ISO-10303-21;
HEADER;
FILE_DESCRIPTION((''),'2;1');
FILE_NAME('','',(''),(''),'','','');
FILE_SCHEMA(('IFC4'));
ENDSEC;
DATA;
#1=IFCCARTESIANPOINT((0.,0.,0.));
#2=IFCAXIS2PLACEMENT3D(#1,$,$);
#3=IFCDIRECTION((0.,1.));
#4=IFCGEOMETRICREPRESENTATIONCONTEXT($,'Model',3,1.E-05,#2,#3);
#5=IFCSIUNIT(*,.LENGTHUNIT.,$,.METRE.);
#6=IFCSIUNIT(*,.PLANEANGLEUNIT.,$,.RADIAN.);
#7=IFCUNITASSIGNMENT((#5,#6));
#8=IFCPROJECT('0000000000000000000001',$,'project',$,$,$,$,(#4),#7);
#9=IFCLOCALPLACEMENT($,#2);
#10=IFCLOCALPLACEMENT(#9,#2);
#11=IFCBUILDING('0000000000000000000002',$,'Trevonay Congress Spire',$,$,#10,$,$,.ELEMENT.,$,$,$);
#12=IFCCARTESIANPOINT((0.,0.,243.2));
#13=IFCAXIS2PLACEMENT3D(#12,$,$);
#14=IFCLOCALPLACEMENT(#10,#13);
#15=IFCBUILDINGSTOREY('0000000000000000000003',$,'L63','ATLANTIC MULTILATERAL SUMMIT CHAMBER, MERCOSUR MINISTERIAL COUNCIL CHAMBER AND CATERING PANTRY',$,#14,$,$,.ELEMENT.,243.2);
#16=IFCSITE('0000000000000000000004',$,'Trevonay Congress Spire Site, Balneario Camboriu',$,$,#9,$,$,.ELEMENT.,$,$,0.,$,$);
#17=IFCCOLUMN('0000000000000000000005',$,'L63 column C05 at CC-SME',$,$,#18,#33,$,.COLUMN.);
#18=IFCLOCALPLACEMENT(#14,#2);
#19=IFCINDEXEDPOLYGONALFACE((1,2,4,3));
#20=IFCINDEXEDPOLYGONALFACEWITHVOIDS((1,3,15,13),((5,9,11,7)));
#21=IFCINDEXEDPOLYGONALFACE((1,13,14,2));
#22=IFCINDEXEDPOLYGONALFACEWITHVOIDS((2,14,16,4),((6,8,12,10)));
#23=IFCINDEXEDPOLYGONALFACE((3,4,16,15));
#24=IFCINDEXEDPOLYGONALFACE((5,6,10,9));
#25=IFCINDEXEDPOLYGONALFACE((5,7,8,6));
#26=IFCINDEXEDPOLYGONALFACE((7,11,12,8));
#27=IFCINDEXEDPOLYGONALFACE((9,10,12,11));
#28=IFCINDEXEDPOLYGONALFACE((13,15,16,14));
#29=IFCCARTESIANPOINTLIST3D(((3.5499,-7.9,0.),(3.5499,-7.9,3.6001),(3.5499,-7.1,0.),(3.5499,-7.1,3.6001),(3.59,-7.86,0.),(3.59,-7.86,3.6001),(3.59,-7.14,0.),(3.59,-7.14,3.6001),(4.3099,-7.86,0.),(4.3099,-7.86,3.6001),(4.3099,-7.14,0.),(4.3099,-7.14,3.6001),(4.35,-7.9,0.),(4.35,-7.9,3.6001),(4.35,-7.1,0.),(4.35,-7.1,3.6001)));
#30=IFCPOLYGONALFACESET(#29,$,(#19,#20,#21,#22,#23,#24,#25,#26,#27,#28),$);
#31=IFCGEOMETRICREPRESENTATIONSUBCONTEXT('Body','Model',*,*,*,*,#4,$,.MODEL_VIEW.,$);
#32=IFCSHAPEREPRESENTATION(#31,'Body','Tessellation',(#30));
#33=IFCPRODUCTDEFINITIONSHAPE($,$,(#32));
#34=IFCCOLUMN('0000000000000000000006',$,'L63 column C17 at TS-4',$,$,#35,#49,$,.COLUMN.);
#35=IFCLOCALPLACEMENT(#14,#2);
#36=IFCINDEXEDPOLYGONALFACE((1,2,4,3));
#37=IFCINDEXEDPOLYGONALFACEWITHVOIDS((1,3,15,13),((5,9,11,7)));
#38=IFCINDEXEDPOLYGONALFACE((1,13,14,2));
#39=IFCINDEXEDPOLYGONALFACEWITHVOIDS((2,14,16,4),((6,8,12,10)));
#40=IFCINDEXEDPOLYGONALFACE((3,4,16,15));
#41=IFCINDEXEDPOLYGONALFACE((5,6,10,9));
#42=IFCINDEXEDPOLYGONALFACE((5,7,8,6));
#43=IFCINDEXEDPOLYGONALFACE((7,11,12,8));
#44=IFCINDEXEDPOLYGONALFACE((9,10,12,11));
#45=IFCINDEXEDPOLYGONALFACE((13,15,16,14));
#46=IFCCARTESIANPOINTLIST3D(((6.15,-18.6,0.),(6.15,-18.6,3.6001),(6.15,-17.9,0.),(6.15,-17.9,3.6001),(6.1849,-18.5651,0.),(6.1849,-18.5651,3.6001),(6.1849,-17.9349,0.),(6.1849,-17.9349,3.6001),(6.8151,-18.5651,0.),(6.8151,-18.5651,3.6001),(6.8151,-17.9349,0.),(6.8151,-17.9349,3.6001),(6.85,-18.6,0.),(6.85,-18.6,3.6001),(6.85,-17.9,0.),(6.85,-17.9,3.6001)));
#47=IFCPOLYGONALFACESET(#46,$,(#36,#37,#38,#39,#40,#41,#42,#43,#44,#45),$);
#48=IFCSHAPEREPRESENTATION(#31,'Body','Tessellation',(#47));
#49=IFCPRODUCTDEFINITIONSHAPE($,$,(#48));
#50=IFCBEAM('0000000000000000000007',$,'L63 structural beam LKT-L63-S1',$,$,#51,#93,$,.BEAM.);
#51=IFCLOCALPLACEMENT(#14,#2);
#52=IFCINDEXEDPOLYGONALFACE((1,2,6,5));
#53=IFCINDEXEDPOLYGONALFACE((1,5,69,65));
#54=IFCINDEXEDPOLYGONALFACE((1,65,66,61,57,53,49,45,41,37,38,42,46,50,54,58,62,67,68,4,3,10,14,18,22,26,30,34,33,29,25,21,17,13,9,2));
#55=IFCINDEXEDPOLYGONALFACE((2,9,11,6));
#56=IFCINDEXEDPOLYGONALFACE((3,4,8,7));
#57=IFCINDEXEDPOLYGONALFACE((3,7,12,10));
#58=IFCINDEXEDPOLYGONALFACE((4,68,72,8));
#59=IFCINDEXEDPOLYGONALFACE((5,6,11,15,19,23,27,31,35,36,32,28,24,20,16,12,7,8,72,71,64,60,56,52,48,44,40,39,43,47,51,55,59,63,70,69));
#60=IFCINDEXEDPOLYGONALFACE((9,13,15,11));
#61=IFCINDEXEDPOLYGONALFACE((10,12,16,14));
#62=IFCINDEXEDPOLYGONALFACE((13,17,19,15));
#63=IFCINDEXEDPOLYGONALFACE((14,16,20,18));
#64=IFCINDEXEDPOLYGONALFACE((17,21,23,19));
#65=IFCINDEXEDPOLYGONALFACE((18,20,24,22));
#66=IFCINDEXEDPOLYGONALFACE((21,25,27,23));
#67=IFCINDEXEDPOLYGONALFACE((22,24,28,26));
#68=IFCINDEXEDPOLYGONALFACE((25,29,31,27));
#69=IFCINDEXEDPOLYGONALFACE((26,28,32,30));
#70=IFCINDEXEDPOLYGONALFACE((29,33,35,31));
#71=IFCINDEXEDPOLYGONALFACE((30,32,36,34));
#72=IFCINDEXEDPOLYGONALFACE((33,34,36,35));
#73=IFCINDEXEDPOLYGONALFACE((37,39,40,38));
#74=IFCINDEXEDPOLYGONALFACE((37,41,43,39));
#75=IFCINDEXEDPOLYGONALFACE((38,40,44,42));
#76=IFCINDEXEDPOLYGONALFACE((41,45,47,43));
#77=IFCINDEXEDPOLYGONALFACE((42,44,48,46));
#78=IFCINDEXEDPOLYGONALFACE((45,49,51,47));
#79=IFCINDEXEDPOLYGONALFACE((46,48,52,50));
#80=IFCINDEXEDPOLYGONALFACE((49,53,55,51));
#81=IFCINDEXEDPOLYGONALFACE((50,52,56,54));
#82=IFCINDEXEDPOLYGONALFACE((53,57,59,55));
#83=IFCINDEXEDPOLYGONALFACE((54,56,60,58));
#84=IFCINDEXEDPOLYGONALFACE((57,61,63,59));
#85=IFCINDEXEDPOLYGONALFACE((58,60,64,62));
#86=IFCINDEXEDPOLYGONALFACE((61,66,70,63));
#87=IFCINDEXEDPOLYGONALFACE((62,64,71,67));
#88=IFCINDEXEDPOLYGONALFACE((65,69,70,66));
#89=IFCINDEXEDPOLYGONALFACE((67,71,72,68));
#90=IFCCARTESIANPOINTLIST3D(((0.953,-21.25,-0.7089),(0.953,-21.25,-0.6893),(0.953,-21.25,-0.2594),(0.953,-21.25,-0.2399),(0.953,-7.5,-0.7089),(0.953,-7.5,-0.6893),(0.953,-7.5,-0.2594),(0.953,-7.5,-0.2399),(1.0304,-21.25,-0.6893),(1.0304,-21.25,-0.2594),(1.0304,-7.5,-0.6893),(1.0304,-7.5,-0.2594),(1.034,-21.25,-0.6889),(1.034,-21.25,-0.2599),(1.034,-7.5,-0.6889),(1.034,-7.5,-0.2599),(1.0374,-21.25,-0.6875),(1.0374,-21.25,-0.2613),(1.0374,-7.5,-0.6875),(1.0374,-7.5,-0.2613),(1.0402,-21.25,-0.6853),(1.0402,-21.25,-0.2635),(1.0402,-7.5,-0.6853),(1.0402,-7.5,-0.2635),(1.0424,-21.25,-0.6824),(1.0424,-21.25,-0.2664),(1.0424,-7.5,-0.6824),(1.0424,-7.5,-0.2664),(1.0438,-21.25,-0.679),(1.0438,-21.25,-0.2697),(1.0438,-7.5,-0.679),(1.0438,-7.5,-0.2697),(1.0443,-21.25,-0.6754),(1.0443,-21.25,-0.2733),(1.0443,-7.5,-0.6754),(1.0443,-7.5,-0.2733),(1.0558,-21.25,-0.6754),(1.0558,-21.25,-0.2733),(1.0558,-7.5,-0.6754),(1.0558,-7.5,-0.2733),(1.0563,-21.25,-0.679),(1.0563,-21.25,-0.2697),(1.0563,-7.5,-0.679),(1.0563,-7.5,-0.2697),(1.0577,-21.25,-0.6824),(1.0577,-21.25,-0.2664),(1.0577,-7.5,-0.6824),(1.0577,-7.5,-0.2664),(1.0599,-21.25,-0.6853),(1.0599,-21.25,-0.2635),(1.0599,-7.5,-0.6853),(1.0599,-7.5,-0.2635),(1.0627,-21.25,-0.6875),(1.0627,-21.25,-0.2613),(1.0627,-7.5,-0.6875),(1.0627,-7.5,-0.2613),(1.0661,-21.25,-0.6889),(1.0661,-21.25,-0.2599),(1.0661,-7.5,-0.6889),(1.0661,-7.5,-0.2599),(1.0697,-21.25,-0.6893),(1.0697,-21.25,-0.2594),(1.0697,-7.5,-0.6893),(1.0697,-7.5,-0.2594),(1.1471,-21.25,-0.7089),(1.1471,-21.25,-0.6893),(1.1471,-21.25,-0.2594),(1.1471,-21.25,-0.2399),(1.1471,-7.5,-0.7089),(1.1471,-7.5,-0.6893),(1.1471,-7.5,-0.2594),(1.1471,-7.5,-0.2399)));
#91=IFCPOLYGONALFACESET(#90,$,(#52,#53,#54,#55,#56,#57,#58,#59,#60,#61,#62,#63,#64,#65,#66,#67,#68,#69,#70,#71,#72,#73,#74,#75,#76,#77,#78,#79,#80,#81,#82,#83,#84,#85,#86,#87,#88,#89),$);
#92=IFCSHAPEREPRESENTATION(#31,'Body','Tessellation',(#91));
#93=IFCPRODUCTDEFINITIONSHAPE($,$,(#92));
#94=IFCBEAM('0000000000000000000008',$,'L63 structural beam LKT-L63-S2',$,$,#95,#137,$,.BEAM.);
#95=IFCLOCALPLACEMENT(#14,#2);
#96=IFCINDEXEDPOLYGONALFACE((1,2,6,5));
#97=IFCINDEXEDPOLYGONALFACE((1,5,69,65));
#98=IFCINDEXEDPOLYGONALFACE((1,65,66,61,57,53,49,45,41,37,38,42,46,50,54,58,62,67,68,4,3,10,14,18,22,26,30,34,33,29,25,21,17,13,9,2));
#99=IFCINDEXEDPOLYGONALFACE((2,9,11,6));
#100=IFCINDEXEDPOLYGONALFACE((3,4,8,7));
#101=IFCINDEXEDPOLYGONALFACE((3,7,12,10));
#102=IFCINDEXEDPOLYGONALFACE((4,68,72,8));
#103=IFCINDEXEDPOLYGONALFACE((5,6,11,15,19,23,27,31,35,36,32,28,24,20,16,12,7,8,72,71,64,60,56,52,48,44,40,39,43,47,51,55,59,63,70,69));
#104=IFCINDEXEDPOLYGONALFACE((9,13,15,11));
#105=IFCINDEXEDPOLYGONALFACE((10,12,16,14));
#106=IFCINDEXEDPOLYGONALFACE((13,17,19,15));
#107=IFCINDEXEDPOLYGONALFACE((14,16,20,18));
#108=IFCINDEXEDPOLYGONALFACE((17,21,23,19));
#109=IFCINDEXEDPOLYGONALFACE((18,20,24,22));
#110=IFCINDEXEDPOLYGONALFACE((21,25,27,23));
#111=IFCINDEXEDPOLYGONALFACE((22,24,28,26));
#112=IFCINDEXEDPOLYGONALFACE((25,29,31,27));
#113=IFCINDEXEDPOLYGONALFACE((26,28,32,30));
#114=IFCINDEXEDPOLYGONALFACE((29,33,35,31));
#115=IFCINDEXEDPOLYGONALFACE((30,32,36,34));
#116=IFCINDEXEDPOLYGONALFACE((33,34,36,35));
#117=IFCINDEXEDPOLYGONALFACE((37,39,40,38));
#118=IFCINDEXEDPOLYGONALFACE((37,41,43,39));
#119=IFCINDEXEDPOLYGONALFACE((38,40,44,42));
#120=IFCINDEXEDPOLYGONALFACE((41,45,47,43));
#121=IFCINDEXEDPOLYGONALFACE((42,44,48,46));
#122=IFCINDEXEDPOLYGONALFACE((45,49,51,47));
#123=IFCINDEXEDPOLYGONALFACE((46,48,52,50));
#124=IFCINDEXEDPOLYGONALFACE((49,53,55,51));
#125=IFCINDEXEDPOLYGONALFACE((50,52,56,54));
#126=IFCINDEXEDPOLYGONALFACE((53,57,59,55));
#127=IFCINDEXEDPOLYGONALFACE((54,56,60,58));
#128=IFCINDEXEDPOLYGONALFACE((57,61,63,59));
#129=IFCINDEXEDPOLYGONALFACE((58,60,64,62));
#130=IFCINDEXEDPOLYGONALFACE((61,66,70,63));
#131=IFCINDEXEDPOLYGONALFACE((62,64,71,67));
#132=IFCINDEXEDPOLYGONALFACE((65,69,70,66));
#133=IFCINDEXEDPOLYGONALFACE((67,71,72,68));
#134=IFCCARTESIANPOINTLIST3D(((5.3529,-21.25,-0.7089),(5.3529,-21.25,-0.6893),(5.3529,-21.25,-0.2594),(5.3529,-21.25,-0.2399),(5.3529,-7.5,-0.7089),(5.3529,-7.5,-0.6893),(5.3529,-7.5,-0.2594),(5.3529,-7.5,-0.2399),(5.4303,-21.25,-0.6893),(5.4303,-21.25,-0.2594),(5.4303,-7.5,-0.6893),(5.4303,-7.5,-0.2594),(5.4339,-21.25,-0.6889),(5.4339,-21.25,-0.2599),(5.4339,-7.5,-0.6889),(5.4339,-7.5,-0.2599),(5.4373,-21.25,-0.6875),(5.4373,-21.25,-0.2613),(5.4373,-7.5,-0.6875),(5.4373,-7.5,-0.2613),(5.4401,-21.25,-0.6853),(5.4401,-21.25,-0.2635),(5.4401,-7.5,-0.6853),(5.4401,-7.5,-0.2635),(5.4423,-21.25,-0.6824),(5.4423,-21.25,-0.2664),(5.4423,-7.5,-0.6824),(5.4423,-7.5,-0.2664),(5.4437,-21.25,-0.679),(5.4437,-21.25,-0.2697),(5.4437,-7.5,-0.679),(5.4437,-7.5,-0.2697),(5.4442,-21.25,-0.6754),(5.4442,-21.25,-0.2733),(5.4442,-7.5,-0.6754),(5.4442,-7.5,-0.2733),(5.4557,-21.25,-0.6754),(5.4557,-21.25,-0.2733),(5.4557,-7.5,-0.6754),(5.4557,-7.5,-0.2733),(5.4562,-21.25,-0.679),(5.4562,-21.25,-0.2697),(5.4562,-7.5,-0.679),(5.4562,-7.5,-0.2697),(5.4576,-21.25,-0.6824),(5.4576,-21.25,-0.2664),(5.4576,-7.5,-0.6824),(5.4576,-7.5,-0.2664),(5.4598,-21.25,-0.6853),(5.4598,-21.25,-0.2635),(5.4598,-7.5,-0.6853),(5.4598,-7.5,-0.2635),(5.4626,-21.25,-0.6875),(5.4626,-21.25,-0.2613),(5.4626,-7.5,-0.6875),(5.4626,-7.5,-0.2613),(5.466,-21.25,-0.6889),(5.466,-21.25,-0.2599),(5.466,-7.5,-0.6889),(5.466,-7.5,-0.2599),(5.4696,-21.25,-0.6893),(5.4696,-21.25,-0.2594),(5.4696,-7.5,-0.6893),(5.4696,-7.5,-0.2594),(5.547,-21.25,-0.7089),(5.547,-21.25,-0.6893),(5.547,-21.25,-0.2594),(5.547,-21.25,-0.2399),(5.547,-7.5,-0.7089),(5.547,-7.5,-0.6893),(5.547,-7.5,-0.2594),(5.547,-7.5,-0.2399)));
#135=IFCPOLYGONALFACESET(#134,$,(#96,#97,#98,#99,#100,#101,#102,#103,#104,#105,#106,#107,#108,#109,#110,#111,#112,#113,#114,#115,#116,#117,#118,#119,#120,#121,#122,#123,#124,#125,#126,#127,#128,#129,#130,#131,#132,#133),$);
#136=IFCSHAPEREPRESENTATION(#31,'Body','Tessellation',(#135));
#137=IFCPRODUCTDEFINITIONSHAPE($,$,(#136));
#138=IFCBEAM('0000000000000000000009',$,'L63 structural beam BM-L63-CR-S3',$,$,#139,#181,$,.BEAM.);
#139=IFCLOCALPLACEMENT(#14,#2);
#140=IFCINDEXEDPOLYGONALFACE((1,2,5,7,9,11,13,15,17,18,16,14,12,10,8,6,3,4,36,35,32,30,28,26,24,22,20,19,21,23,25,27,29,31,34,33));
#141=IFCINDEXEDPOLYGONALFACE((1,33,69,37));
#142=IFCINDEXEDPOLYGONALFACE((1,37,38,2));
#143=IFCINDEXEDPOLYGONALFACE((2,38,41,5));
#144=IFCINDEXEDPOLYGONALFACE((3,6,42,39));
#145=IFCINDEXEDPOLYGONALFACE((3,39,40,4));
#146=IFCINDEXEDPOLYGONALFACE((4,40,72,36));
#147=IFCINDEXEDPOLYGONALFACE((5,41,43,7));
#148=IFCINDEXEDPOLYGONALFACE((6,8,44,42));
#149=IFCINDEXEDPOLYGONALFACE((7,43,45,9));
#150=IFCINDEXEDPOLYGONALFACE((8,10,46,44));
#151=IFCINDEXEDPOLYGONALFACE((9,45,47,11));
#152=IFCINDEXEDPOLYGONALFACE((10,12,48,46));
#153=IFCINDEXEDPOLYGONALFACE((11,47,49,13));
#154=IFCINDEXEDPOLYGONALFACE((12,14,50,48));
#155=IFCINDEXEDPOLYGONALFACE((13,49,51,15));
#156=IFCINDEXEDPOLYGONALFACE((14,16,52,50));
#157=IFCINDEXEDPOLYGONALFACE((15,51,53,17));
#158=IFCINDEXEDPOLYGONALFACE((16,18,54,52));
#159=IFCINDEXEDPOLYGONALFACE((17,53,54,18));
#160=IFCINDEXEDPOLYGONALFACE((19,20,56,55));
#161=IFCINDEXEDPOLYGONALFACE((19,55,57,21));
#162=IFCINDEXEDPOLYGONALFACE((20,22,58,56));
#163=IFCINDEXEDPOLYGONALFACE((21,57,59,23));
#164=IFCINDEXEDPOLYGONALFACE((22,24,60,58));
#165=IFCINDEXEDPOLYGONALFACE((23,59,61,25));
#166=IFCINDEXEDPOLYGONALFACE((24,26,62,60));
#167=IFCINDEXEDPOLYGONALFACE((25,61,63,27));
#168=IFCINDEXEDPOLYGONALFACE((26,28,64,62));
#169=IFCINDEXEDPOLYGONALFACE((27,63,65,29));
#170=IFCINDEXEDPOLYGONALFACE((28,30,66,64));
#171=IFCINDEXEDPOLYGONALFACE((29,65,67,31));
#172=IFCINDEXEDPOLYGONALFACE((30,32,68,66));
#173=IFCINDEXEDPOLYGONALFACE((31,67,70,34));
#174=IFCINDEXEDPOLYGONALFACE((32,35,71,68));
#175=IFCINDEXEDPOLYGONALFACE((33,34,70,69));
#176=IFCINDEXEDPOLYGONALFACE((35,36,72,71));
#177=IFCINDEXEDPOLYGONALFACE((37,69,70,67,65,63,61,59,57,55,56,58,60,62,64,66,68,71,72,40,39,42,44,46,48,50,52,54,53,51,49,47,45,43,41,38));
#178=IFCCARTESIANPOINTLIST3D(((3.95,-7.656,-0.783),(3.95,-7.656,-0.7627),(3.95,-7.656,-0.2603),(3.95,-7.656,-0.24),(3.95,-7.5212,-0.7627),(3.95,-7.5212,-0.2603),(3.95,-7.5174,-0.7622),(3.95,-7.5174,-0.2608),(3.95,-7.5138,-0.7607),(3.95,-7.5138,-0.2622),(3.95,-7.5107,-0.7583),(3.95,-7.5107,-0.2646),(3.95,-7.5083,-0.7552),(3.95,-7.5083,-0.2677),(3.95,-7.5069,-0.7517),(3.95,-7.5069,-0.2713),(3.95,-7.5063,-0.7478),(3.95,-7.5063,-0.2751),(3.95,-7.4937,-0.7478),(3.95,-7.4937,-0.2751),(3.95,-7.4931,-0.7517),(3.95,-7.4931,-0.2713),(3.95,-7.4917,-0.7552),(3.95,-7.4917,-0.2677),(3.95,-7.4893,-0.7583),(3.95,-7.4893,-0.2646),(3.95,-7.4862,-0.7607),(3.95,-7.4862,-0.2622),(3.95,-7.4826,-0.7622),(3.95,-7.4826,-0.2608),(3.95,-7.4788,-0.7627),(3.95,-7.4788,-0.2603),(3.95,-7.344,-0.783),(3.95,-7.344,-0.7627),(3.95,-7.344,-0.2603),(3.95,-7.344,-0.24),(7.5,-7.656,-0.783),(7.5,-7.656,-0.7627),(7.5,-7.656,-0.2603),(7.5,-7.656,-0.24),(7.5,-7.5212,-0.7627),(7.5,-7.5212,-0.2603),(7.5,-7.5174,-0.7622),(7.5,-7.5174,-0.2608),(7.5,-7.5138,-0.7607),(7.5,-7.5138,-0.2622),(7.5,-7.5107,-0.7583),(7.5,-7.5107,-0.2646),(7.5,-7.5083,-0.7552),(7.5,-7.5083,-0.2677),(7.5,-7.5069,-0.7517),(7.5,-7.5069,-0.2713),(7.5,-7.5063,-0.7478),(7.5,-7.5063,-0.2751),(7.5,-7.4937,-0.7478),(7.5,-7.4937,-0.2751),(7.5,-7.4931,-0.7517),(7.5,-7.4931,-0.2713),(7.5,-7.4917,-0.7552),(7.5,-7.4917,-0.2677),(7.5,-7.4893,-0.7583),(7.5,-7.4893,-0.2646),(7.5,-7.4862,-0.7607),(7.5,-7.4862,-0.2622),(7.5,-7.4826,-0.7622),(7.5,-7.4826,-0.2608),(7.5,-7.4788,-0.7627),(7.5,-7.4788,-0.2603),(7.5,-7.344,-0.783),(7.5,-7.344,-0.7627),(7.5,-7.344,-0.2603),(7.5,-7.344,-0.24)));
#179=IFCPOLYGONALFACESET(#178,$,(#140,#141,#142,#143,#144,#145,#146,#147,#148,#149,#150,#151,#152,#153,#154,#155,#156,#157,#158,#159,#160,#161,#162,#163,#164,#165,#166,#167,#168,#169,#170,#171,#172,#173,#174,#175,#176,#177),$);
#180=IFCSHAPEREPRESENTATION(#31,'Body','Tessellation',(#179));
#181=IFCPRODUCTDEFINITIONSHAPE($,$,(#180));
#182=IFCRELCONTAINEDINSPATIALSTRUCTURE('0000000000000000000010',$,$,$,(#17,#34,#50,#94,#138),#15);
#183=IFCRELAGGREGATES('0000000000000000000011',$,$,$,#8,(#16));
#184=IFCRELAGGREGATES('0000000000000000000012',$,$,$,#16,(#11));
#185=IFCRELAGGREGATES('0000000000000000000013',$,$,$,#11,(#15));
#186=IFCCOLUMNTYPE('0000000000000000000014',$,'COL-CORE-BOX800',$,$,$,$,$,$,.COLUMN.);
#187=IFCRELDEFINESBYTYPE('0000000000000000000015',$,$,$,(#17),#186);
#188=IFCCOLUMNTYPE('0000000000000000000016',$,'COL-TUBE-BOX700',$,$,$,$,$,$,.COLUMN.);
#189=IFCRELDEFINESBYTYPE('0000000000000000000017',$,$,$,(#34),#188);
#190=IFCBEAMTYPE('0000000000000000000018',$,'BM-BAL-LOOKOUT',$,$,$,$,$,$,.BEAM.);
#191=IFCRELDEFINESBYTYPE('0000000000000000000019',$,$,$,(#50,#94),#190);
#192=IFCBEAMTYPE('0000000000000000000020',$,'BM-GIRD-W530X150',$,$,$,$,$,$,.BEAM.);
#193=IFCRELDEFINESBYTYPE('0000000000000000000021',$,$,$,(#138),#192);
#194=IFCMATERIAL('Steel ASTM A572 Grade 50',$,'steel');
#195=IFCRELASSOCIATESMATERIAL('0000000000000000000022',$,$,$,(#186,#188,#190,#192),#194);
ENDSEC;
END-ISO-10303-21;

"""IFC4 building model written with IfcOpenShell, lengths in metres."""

from ifc_helpers import new_model, si_unit, direction, frame, origin, origin_2d, place, context, subcontext, project, spatial, hollow_rectangle, i_section, extrude, material, material_profile, profile_set, type_object, element, save


model = new_model("IFC4")

# Units and contexts
model_context = context("Model", 3, precision=1e-05, world=origin(), true_north=direction((0.0, 1.0)))
body_context = subcontext(model_context, "Body", "Model", "MODEL_VIEW")
ifc_project = project(units=[si_unit("LENGTHUNIT", "METRE"), si_unit("PLANEANGLEUNIT", "RADIAN")], contexts=[model_context])

# Site, building, storey
site_placement = place(None, origin())
site = spatial("IfcSite", under=ifc_project, at=site_placement, Name="Trevonay Congress Spire Site, Balneario Camboriu", CompositionType="ELEMENT", RefElevation=0.0)
building_placement = place(site_placement, origin())
building = spatial("IfcBuilding", under=site, at=building_placement, Name="Trevonay Congress Spire", CompositionType="ELEMENT")
storey_placement = place(building_placement, frame((0.0, 0.0, 243.2)))
storey = spatial("IfcBuildingStorey", under=building, at=storey_placement, Name="L63", Description="ATLANTIC MULTILATERAL SUMMIT CHAMBER, MERCOSUR MINISTERIAL COUNCIL CHAMBER AND CATERING PANTRY", CompositionType="ELEMENT", Elevation=243.2)

# Columns
ifc_material_1 = material(Name="Steel ASTM A572 Grade 50", Category="steel")
ifc_material_profile_1 = material_profile(ifc_material_1, hollow_rectangle(XDim=0.8, YDim=0.8, WallThickness=0.04, at=origin_2d()), Name="BOX 800x800x40")
ifc_profile_set_1 = profile_set([ifc_material_profile_1], Name="Steel ASTM A572 Grade 50")
column_type_1 = type_object("IfcColumnType", Name="COL-CORE-BOX800", PredefinedType="COLUMN", material=ifc_profile_set_1)
column_1_placement = place(storey_placement, frame((3.95, -7.5, 0.0), z_axis=(0.0, 0.0, 1.0), x_axis=(1.0, 0.0, 0.0)))
element("IfcColumn", 1, at=column_1_placement, inside=storey, type_object=column_type_1, Name="L63 column C05 at CC-SME", PredefinedType="COLUMN", context=body_context, shape_type="SweptSolid", body=[
    extrude(hollow_rectangle(XDim=0.8, YDim=0.8, WallThickness=0.04, at=origin_2d()), origin(), (0.0, 0.0, 1.0), 3.6001),
])
ifc_material_profile_2 = material_profile(ifc_material_1, hollow_rectangle(XDim=0.7, YDim=0.7, WallThickness=0.0349, at=origin_2d()), Name="BOX 700x700x35")
ifc_profile_set_2 = profile_set([ifc_material_profile_2], Name="Steel ASTM A572 Grade 50")
column_type_2 = type_object("IfcColumnType", Name="COL-TUBE-BOX700", PredefinedType="COLUMN", material=ifc_profile_set_2)
column_2_placement = place(storey_placement, frame((6.5, -18.25, 0.0), z_axis=(0.0, 0.0, 1.0), x_axis=(1.0, 0.0, 0.0)))
element("IfcColumn", 2, at=column_2_placement, inside=storey, type_object=column_type_2, Name="L63 column C17 at TS-4", PredefinedType="COLUMN", context=body_context, shape_type="SweptSolid", body=[
    extrude(hollow_rectangle(XDim=0.7, YDim=0.7, WallThickness=0.0349, at=origin_2d()), origin(), (0.0, 0.0, 1.0), 3.6001),
])

# Beams
ifc_material_profile_3 = material_profile(ifc_material_1, i_section(OverallWidth=0.1941, OverallDepth=0.469, WebThickness=0.0115, FlangeThickness=0.0195, FilletRadius=0.0139, at=origin_2d()), Name="W460x106")
ifc_profile_set_3 = profile_set([ifc_material_profile_3], Name="Steel ASTM A572 Grade 50")
beam_type_1 = type_object("IfcBeamType", Name="BM-BAL-LOOKOUT", PredefinedType="BEAM", material=ifc_profile_set_3)
for number, where, z_axis, x_axis, name in (
    (3, (1.05, -7.5, -0.4744), (0.0, -1.0, 0.0), (1.0, 0.0, 0.0), "L63 structural beam LKT-L63-S1"),
    (4, (5.45, -7.5, -0.4744), (0.0, -1.0, 0.0), (1.0, 0.0, 0.0), "L63 structural beam LKT-L63-S2"),
):
    element("IfcBeam", number, at=place(storey_placement, frame(where, z_axis=z_axis, x_axis=x_axis)), inside=storey, type_object=beam_type_1, Name=name, PredefinedType="BEAM", context=body_context, shape_type="SweptSolid", body=[
        extrude(i_section(OverallWidth=0.1941, OverallDepth=0.469, WebThickness=0.0115, FlangeThickness=0.0195, FilletRadius=0.0139, at=origin_2d()), origin(), (0.0, 0.0, 1.0), 13.75),
    ])
ifc_material_profile_4 = material_profile(ifc_material_1, i_section(OverallWidth=0.312, OverallDepth=0.543, WebThickness=0.0127, FlangeThickness=0.0203, FilletRadius=0.0149, at=origin_2d()), Name="W530x150")
ifc_profile_set_4 = profile_set([ifc_material_profile_4], Name="Steel ASTM A572 Grade 50")
beam_type_2 = type_object("IfcBeamType", Name="BM-GIRD-W530X150", PredefinedType="BEAM", material=ifc_profile_set_4)
beam_1_placement = place(storey_placement, frame((3.95, -7.5, -0.5115), z_axis=(1.0, 0.0, 0.0), x_axis=(0.0, 1.0, 0.0)))
element("IfcBeam", 5, at=beam_1_placement, inside=storey, type_object=beam_type_2, Name="L63 structural beam BM-L63-CR-S3", PredefinedType="BEAM", context=body_context, shape_type="SweptSolid", body=[
    extrude(i_section(OverallWidth=0.312, OverallDepth=0.543, WebThickness=0.0127, FlangeThickness=0.0203, FilletRadius=0.0149, at=origin_2d()), origin(), (0.0, 0.0, 1.0), 3.55),
])

save(model, "model.ifc")
